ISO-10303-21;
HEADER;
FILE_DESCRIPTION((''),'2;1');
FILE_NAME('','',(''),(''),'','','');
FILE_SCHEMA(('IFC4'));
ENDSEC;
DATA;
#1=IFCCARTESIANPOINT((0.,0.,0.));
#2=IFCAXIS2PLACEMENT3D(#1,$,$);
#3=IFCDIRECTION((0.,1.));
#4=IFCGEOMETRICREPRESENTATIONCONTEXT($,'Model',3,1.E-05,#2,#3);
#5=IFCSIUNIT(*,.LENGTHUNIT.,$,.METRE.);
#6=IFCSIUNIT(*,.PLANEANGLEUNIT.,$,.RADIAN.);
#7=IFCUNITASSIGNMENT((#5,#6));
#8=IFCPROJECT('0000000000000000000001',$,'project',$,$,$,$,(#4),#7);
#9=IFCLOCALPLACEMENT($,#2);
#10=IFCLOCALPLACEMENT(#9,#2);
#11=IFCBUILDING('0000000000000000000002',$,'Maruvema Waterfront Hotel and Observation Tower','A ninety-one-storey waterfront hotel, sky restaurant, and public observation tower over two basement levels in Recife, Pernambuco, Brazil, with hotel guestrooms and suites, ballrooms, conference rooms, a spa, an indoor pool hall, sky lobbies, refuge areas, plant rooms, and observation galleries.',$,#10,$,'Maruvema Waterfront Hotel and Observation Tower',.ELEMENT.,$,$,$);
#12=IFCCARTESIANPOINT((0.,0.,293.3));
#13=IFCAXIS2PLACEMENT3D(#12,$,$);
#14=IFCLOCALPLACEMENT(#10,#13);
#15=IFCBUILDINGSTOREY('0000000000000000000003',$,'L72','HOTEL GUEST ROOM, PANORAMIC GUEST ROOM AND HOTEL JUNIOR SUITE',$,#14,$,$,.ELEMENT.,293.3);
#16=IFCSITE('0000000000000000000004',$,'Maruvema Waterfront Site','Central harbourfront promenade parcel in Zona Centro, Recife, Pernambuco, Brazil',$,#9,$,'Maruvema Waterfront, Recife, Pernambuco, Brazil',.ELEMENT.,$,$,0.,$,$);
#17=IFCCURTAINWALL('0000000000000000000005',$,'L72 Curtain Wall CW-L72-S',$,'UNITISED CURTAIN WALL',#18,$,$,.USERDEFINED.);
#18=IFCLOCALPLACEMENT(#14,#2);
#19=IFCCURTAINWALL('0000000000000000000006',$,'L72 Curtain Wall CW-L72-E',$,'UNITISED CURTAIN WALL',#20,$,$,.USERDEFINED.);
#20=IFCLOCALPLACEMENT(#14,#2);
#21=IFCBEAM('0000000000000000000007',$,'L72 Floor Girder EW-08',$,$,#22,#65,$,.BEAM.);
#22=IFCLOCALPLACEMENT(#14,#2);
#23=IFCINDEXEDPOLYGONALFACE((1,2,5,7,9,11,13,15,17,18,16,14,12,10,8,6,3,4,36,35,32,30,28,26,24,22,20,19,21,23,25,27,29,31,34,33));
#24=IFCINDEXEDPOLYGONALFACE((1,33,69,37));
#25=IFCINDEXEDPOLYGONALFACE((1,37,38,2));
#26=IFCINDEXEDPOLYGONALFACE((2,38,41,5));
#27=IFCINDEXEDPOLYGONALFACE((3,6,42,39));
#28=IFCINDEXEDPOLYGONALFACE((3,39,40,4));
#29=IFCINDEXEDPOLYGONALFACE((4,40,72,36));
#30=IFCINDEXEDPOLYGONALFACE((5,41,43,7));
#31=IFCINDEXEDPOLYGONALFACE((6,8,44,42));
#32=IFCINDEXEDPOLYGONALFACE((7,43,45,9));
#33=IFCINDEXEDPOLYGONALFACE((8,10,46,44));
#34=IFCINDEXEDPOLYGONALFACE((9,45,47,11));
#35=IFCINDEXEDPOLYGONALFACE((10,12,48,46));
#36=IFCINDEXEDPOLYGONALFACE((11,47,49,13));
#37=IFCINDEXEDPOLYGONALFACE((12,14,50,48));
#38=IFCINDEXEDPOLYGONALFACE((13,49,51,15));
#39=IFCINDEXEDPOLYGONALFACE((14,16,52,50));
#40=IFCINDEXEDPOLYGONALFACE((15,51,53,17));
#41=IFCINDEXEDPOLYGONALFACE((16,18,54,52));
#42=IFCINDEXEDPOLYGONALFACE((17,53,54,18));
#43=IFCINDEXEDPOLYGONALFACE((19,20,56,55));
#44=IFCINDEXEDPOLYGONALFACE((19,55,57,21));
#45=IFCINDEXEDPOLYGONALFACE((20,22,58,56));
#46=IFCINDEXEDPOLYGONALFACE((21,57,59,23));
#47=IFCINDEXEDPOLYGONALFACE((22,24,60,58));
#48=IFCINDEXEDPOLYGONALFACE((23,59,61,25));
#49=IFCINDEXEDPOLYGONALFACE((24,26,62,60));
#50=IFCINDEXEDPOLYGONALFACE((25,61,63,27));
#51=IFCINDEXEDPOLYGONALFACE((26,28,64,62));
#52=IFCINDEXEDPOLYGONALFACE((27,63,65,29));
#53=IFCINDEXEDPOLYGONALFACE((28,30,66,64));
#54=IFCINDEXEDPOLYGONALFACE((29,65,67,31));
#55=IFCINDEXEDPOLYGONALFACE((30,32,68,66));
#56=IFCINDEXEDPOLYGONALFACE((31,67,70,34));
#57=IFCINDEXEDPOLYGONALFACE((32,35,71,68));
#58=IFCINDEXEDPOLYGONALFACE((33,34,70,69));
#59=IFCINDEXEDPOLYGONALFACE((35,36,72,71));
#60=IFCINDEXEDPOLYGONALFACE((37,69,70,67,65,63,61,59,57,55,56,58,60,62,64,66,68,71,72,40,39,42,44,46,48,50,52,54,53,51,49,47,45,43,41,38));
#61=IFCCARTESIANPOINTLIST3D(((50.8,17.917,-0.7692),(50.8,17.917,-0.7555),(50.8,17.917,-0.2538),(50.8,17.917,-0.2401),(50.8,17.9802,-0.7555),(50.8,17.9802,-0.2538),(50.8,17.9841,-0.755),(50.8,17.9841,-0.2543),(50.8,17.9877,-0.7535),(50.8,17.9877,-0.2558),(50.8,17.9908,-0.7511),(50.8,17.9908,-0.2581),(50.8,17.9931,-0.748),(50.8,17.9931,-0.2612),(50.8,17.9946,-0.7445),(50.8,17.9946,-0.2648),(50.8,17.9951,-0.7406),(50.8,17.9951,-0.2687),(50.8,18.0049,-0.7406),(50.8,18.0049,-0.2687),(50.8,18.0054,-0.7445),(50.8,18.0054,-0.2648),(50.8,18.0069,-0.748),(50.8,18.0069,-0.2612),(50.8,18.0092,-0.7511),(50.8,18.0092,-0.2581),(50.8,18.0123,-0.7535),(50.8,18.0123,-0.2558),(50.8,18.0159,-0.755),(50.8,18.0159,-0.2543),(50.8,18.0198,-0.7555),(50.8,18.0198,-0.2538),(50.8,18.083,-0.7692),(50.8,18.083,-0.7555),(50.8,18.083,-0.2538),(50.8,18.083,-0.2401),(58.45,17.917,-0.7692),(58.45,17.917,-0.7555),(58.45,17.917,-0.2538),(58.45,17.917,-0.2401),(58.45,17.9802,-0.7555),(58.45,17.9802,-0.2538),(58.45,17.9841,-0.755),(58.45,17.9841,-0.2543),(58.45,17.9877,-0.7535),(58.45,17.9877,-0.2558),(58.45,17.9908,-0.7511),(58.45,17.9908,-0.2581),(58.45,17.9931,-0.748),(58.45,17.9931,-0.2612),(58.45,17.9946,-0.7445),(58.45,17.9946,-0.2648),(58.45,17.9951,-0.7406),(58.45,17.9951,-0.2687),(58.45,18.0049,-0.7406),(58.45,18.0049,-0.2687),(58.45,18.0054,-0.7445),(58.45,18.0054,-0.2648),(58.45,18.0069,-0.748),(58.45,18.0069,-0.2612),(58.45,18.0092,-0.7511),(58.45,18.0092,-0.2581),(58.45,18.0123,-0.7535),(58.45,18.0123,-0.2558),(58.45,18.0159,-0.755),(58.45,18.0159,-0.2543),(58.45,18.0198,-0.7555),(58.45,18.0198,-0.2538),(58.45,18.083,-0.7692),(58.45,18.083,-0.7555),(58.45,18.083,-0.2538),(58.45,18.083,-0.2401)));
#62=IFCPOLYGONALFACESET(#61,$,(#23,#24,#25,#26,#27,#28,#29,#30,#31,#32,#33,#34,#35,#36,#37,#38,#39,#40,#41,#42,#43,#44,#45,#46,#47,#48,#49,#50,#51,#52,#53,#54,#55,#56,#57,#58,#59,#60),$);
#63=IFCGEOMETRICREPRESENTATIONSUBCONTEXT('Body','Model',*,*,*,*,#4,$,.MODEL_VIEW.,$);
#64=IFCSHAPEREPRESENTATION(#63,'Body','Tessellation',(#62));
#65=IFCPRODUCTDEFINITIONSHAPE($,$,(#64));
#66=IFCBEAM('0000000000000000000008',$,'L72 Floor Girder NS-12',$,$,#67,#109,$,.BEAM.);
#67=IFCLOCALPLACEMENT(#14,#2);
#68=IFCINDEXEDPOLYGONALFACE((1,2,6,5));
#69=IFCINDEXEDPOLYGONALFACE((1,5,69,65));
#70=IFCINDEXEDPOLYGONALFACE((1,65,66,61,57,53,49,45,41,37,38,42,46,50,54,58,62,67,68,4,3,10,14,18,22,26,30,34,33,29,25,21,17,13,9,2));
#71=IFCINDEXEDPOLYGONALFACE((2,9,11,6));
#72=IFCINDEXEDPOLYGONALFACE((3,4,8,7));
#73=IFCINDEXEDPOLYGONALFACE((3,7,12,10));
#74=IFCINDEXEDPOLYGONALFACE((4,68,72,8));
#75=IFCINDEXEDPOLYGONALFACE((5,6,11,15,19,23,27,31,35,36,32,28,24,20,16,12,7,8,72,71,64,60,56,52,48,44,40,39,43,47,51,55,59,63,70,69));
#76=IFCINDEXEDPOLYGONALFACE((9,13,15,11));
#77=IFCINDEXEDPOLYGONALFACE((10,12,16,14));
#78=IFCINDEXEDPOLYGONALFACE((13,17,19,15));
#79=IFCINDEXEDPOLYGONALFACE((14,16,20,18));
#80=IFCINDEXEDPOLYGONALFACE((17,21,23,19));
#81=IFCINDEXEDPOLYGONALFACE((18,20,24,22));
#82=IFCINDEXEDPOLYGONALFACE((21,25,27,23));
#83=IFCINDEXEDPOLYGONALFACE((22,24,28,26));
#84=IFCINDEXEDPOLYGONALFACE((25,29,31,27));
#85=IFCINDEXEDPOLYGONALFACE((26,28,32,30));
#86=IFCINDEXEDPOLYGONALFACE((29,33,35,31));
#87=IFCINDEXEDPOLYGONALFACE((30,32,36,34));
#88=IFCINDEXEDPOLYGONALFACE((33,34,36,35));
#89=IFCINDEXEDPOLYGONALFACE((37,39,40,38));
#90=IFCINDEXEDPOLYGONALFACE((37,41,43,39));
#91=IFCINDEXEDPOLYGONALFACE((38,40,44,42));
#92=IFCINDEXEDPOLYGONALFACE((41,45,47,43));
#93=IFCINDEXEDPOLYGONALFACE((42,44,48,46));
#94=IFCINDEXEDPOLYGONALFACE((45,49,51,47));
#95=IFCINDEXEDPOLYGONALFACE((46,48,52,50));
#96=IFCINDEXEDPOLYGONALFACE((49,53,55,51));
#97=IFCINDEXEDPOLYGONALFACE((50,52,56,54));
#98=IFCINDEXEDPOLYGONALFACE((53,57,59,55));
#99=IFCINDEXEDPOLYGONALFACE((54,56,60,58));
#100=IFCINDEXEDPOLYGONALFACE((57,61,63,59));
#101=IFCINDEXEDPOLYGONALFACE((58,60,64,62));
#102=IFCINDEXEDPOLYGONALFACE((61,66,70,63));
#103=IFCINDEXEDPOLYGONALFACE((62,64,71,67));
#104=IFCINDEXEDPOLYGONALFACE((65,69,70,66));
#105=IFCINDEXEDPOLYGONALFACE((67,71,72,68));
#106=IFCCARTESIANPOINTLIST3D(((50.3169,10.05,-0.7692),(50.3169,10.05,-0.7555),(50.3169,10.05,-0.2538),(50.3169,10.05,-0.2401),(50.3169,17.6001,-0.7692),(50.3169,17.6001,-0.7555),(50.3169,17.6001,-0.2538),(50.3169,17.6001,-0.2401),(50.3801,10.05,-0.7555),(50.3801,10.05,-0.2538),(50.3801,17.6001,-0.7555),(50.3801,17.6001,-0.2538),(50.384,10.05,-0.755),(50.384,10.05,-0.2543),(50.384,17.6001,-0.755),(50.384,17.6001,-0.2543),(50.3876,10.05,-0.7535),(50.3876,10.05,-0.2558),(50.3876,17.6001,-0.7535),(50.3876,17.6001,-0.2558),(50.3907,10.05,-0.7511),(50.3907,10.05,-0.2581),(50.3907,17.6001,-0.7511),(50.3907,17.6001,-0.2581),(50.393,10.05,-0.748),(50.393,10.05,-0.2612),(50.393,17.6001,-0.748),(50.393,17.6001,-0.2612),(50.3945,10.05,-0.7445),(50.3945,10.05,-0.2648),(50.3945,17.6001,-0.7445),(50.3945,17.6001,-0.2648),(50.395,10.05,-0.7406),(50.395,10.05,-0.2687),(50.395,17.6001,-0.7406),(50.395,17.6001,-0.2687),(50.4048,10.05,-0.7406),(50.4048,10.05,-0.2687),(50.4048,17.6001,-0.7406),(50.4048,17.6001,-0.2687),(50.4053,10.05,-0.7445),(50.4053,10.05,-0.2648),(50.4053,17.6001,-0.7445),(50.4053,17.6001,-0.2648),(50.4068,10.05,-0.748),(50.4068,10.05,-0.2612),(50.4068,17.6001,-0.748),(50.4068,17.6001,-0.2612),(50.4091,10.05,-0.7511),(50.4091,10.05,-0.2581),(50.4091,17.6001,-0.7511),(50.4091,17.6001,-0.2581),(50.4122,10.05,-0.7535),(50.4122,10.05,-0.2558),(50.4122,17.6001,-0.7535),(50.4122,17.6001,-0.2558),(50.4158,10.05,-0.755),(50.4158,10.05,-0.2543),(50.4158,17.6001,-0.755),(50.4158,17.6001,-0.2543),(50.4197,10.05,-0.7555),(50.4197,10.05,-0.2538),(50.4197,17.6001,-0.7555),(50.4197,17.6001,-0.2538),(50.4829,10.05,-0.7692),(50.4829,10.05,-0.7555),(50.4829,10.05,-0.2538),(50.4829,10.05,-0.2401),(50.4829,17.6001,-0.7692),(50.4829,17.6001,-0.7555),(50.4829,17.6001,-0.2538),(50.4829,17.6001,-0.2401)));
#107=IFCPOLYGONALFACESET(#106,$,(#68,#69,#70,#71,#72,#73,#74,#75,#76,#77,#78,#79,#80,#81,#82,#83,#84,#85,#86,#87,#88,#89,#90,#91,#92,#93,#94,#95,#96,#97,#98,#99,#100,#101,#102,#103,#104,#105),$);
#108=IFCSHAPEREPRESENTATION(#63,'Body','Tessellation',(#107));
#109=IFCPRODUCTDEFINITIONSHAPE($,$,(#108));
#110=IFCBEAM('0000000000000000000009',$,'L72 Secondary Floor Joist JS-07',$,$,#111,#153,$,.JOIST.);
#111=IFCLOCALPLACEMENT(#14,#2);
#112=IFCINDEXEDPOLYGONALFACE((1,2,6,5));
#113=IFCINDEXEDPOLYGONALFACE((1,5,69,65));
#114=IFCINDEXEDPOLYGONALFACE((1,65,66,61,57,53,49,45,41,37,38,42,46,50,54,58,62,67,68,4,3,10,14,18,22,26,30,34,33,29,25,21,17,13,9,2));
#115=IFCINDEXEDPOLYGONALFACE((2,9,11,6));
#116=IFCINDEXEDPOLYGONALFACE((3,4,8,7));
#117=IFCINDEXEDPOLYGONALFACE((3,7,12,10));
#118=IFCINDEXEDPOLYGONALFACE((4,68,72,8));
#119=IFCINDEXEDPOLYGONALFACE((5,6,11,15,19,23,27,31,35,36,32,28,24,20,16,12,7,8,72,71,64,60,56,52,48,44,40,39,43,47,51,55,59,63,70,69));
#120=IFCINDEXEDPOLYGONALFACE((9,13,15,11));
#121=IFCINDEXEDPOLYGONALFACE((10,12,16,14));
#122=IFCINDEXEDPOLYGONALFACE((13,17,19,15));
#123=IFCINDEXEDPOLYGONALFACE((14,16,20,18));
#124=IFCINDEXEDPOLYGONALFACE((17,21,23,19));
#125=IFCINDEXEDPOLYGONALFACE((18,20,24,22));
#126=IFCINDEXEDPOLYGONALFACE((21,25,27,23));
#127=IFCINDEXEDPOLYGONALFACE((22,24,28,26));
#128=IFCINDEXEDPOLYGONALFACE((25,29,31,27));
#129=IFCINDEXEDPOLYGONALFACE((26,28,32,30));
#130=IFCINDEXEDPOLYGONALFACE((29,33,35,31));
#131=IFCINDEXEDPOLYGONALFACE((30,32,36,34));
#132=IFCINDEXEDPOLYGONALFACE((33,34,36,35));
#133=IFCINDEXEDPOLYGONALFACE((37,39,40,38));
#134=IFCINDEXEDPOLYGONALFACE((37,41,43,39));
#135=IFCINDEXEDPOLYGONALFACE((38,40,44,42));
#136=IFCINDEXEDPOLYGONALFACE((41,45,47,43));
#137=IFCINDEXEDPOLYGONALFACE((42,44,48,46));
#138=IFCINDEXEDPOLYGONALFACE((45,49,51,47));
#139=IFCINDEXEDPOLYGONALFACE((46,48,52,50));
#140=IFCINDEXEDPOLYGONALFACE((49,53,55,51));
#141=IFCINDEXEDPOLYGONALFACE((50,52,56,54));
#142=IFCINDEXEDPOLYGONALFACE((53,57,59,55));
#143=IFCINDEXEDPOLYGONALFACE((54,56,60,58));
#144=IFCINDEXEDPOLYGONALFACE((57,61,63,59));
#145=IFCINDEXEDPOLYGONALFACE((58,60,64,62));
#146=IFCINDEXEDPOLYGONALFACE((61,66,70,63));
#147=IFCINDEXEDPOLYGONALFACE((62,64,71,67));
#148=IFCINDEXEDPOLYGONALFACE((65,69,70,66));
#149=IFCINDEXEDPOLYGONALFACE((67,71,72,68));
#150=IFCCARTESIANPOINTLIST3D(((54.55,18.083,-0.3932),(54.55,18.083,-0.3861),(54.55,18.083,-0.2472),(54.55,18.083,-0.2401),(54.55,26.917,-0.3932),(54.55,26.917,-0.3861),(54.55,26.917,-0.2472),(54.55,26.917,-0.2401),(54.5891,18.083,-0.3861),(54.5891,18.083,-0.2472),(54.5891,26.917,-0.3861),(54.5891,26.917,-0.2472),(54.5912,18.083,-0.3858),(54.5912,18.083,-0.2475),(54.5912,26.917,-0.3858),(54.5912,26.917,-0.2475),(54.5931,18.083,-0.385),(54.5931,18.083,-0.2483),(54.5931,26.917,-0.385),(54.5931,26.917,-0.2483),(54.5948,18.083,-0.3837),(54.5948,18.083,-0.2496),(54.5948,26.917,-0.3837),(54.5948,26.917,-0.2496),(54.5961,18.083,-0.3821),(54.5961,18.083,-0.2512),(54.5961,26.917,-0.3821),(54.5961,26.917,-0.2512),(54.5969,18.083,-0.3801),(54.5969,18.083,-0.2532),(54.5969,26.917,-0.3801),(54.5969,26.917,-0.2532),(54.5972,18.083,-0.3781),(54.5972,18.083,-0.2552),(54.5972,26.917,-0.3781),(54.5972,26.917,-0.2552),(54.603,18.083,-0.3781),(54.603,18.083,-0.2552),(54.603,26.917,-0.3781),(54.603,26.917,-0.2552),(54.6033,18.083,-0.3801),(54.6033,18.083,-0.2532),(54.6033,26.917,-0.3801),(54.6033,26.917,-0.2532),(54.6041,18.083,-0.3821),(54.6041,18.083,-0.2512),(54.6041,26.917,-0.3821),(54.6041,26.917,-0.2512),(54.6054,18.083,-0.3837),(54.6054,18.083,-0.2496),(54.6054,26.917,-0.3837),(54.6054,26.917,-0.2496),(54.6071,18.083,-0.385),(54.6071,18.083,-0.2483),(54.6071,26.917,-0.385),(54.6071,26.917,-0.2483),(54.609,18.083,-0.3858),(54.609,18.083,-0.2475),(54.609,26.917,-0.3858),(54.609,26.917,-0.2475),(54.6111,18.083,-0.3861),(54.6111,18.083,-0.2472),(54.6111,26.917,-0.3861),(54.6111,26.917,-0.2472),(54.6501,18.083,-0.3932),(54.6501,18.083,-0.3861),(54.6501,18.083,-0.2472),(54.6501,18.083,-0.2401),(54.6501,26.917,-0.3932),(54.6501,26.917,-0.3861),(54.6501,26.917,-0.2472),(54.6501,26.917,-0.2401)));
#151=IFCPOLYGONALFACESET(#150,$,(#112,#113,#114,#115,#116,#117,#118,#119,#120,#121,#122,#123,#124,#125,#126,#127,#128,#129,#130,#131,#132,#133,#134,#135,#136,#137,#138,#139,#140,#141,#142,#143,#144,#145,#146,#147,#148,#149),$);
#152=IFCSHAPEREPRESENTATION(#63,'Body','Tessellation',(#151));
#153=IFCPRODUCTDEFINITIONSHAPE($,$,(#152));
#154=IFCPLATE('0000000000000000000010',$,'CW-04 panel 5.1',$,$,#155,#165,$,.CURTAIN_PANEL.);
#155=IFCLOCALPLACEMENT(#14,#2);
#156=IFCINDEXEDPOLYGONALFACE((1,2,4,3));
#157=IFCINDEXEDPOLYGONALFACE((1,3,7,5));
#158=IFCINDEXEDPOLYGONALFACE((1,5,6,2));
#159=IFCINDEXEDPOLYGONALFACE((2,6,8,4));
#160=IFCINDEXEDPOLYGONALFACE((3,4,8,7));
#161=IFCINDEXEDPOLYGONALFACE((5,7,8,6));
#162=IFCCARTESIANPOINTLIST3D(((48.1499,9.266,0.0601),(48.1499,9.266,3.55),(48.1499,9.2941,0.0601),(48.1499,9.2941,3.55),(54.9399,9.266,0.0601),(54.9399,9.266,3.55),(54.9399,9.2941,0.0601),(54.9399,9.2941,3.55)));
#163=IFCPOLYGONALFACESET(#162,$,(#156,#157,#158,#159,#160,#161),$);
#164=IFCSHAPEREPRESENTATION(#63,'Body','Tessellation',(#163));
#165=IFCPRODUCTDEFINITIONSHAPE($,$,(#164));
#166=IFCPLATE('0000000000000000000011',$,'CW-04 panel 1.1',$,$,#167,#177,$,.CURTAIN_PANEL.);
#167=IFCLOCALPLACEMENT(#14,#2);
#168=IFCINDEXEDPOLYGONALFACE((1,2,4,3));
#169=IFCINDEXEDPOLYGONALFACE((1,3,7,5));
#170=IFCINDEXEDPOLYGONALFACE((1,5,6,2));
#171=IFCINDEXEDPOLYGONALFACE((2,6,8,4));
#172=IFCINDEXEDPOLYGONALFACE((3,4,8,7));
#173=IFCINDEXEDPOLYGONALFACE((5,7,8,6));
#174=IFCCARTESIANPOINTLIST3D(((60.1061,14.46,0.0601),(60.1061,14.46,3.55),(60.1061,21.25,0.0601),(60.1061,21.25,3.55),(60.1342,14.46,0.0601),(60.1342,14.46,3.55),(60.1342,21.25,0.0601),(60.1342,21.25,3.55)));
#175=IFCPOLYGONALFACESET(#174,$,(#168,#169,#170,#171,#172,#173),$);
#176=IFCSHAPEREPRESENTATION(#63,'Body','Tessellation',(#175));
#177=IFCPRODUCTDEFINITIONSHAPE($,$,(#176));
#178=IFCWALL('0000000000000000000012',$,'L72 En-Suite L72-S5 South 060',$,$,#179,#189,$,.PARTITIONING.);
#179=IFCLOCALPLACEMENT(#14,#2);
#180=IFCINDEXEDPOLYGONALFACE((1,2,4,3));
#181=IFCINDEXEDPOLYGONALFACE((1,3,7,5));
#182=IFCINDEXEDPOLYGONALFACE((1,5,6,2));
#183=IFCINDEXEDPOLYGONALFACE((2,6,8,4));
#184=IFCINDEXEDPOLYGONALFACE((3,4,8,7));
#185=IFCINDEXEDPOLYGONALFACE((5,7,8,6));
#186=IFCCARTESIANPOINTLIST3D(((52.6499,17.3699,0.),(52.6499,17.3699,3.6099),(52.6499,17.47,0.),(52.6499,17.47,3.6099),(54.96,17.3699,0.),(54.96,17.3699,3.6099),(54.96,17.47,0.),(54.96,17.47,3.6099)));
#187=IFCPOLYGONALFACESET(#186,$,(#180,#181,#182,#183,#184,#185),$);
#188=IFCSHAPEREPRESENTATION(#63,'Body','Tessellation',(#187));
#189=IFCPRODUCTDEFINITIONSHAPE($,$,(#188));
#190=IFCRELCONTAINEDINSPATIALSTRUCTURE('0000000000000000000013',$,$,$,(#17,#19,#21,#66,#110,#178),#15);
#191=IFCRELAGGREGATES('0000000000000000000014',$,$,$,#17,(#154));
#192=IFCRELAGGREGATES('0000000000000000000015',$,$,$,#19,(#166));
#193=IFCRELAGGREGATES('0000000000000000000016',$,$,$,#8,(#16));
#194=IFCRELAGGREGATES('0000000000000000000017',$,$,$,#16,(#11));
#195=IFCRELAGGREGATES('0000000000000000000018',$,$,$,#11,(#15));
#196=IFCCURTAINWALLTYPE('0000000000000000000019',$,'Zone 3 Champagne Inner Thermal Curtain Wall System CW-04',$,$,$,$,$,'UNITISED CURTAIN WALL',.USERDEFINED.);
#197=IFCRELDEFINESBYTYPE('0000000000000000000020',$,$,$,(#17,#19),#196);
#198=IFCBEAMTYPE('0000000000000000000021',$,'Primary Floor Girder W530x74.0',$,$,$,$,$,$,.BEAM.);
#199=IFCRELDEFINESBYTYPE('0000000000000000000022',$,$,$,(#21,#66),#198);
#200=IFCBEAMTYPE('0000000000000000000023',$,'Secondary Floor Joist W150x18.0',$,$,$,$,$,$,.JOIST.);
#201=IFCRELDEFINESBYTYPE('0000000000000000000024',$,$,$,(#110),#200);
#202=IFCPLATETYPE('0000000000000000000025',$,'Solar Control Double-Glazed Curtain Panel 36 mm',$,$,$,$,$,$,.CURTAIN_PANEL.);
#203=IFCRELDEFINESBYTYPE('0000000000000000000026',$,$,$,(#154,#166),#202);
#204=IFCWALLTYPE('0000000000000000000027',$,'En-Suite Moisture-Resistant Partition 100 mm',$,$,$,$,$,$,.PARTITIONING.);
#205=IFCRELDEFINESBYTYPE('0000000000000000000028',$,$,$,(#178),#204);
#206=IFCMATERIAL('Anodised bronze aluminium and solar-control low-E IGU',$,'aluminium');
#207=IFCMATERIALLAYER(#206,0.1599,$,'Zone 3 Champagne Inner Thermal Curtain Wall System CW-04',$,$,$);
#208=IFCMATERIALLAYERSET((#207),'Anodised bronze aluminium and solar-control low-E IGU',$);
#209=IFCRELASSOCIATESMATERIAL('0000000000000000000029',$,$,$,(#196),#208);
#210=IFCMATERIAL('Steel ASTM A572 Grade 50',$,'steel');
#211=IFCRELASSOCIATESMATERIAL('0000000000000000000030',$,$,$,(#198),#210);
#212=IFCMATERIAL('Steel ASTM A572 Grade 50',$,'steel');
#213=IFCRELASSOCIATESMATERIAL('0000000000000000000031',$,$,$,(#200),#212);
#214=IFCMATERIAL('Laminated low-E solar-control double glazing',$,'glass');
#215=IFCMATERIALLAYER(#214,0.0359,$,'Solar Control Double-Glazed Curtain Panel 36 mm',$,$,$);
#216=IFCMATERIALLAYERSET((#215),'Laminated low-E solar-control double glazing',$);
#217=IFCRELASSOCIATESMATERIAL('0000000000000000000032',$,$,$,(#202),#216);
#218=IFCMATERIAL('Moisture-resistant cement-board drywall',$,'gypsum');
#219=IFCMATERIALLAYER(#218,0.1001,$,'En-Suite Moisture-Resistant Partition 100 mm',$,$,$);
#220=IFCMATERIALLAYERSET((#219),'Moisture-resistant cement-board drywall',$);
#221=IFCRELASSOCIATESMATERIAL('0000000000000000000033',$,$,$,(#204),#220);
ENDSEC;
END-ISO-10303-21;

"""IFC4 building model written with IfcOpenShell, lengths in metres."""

from ifc_helpers import new_model, si_unit, direction, frame, frame_2d, origin, origin_2d, place, context, subcontext, project, spatial, rectangle, i_section, extrude, material, layer, layer_set, material_profile, profile_set, type_object, element, aggregate, save


model = new_model("IFC4")

# Units and contexts
model_context = context("Model", 3, precision=1e-05, world=origin(), true_north=direction((0.0, 1.0)))
body_context = subcontext(model_context, "Body", "Model", "MODEL_VIEW")
ifc_project = project(units=[si_unit("LENGTHUNIT", "METRE"), si_unit("PLANEANGLEUNIT", "RADIAN")], contexts=[model_context])

# Site, building, storey
site_placement = place(None, origin())
site = spatial("IfcSite", under=ifc_project, at=site_placement, Name="Maruvema Waterfront Site", Description="Central harbourfront promenade parcel in Zona Centro, Recife, Pernambuco, Brazil", LongName="Maruvema Waterfront, Recife, Pernambuco, Brazil", CompositionType="ELEMENT", RefElevation=0.0)
building_placement = place(site_placement, origin())
building = spatial("IfcBuilding", under=site, at=building_placement, Name="Maruvema Waterfront Hotel and Observation Tower", Description="A ninety-one-storey waterfront hotel, sky restaurant, and public observation tower over two basement levels in Recife, Pernambuco, Brazil, with hotel guestrooms and suites, ballrooms, conference rooms, a spa, an indoor pool hall, sky lobbies, refuge areas, plant rooms, and observation galleries.", LongName="Maruvema Waterfront Hotel and Observation Tower", CompositionType="ELEMENT")
storey_placement = place(building_placement, frame((0.0, 0.0, 293.3)))
storey = spatial("IfcBuildingStorey", under=building, at=storey_placement, Name="L72", Description="HOTEL GUEST ROOM, PANORAMIC GUEST ROOM AND HOTEL JUNIOR SUITE", CompositionType="ELEMENT", Elevation=293.3)

# Curtain walls
ifc_material_1 = material(Name="Anodised bronze aluminium and solar-control low-E IGU", Category="aluminium")
ifc_layer_1 = layer(ifc_material_1, 0.1599, Name="Zone 3 Champagne Inner Thermal Curtain Wall System CW-04")
ifc_layer_set_1 = layer_set([ifc_layer_1], Name="Anodised bronze aluminium and solar-control low-E IGU")
curtain_wall_type = type_object("IfcCurtainWallType", Name="Zone 3 Champagne Inner Thermal Curtain Wall System CW-04", ElementType="UNITISED CURTAIN WALL", PredefinedType="USERDEFINED", material=ifc_layer_set_1)
curtain_wall_1_placement = place(storey_placement, origin())
curtain_wall_1 = element("IfcCurtainWall", 1, at=curtain_wall_1_placement, inside=storey, type_object=curtain_wall_type, Name="L72 Curtain Wall CW-L72-S", ObjectType="UNITISED CURTAIN WALL", PredefinedType="USERDEFINED")
curtain_wall_2_placement = place(storey_placement, origin())
curtain_wall_2 = element("IfcCurtainWall", 2, at=curtain_wall_2_placement, inside=storey, type_object=curtain_wall_type, Name="L72 Curtain Wall CW-L72-E", ObjectType="UNITISED CURTAIN WALL", PredefinedType="USERDEFINED")

# Beams
ifc_material_2 = material(Name="Steel ASTM A572 Grade 50", Category="steel")
ifc_material_profile_1 = material_profile(ifc_material_2, i_section(OverallWidth=0.166, OverallDepth=0.5291, WebThickness=0.0098, FlangeThickness=0.0137, FilletRadius=0.0149, at=origin_2d()), Name="W530x74.0")
ifc_profile_set_1 = profile_set([ifc_material_profile_1], Name="Steel ASTM A572 Grade 50")
beam_type_1 = type_object("IfcBeamType", Name="Primary Floor Girder W530x74.0", PredefinedType="BEAM", material=ifc_profile_set_1)
beam_1_placement = place(storey_placement, frame((50.8, 18.0, -0.5046), z_axis=(1.0, 0.0, 0.0), x_axis=(0.0, 1.0, 0.0)))
element("IfcBeam", 3, at=beam_1_placement, inside=storey, type_object=beam_type_1, Name="L72 Floor Girder EW-08", PredefinedType="BEAM", context=body_context, shape_type="SweptSolid", body=[
    extrude(i_section(OverallWidth=0.166, OverallDepth=0.5291, WebThickness=0.0098, FlangeThickness=0.0137, FilletRadius=0.0149, at=origin_2d()), origin(), (0.0, 0.0, 1.0), 7.6499),
])
beam_2_placement = place(storey_placement, frame((50.3999, 10.05, -0.5046), z_axis=(0.0, 1.0, 0.0), x_axis=(-1.0, 0.0, 0.0)))
element("IfcBeam", 4, at=beam_2_placement, inside=storey, type_object=beam_type_1, Name="L72 Floor Girder NS-12", PredefinedType="BEAM", context=body_context, shape_type="SweptSolid", body=[
    extrude(i_section(OverallWidth=0.166, OverallDepth=0.5291, WebThickness=0.0098, FlangeThickness=0.0137, FilletRadius=0.0149, at=origin_2d()), origin(), (0.0, 0.0, 1.0), 7.55),
])
ifc_material_3 = material(Name="Steel ASTM A572 Grade 50", Category="steel")
ifc_material_profile_2 = material_profile(ifc_material_3, i_section(OverallWidth=0.1001, OverallDepth=0.1531, WebThickness=0.0059, FlangeThickness=0.0071, FilletRadius=0.0081, at=origin_2d()), Name="W150x18.0")
ifc_profile_set_2 = profile_set([ifc_material_profile_2], Name="Steel ASTM A572 Grade 50")
beam_type_2 = type_object("IfcBeamType", Name="Secondary Floor Joist W150x18.0", PredefinedType="JOIST", material=ifc_profile_set_2)
beam_3_placement = place(storey_placement, frame((54.6001, 18.083, -0.3167), z_axis=(0.0, 1.0, 0.0), x_axis=(-1.0, 0.0, 0.0)))
element("IfcBeam", 5, at=beam_3_placement, inside=storey, type_object=beam_type_2, Name="L72 Secondary Floor Joist JS-07", PredefinedType="JOIST", context=body_context, shape_type="SweptSolid", body=[
    extrude(i_section(OverallWidth=0.1001, OverallDepth=0.1531, WebThickness=0.0059, FlangeThickness=0.0071, FilletRadius=0.0081, at=origin_2d()), origin(), (0.0, 0.0, 1.0), 8.834),
])

# Plates
ifc_material_4 = material(Name="Laminated low-E solar-control double glazing", Category="glass")
ifc_layer_2 = layer(ifc_material_4, 0.0359, Name="Solar Control Double-Glazed Curtain Panel 36 mm")
ifc_layer_set_2 = layer_set([ifc_layer_2], Name="Laminated low-E solar-control double glazing")
plate_type = type_object("IfcPlateType", Name="Solar Control Double-Glazed Curtain Panel 36 mm", PredefinedType="CURTAIN_PANEL", material=ifc_layer_set_2)
plate_1_placement = place(storey_placement, frame((51.5449, 9.28, 0.0601), z_axis=(0.0, 0.0, 1.0), x_axis=(1.0, 0.0, 0.0)))
plate_1 = element("IfcPlate", 6, at=plate_1_placement, type_object=plate_type, Name="CW-04 panel 5.1", PredefinedType="CURTAIN_PANEL", context=body_context, shape_type="SweptSolid", body=[
    extrude(rectangle(XDim=6.79, YDim=0.0281, at=origin_2d()), origin(), (0.0, 0.0, 1.0), 3.49),
])
aggregate(curtain_wall_1, [plate_1])
plate_2_placement = place(storey_placement, frame((60.1201, 17.855, 0.0601), z_axis=(0.0, 0.0, 1.0), x_axis=(0.0, 1.0, 0.0)))
plate_2 = element("IfcPlate", 7, at=plate_2_placement, type_object=plate_type, Name="CW-04 panel 1.1", PredefinedType="CURTAIN_PANEL", context=body_context, shape_type="SweptSolid", body=[
    extrude(rectangle(XDim=6.79, YDim=0.0281, at=origin_2d()), origin(), (0.0, 0.0, 1.0), 3.49),
])
aggregate(curtain_wall_2, [plate_2])

# Wall
ifc_material_5 = material(Name="Moisture-resistant cement-board drywall", Category="gypsum")
ifc_layer_3 = layer(ifc_material_5, 0.1001, Name="En-Suite Moisture-Resistant Partition 100 mm")
ifc_layer_set_3 = layer_set([ifc_layer_3], Name="Moisture-resistant cement-board drywall")
wall_type_1 = type_object("IfcWallType", Name="En-Suite Moisture-Resistant Partition 100 mm", PredefinedType="PARTITIONING", material=ifc_layer_set_3)
wall_1_placement = place(storey_placement, frame((52.6499, 17.4199, 0.0), z_axis=(0.0, 0.0, 1.0), x_axis=(1.0, 0.0, 0.0)))
element("IfcWall", 8, at=wall_1_placement, inside=storey, type_object=wall_type_1, Name="L72 En-Suite L72-S5 South 060", PredefinedType="PARTITIONING", context=body_context, shape_type="SweptSolid", body=[
    extrude(rectangle(XDim=2.3101, YDim=0.1001, at=frame_2d((1.155, 0.0))), origin(), (0.0, 0.0, 1.0), 3.6099),
])

save(model, "model.ifc")
